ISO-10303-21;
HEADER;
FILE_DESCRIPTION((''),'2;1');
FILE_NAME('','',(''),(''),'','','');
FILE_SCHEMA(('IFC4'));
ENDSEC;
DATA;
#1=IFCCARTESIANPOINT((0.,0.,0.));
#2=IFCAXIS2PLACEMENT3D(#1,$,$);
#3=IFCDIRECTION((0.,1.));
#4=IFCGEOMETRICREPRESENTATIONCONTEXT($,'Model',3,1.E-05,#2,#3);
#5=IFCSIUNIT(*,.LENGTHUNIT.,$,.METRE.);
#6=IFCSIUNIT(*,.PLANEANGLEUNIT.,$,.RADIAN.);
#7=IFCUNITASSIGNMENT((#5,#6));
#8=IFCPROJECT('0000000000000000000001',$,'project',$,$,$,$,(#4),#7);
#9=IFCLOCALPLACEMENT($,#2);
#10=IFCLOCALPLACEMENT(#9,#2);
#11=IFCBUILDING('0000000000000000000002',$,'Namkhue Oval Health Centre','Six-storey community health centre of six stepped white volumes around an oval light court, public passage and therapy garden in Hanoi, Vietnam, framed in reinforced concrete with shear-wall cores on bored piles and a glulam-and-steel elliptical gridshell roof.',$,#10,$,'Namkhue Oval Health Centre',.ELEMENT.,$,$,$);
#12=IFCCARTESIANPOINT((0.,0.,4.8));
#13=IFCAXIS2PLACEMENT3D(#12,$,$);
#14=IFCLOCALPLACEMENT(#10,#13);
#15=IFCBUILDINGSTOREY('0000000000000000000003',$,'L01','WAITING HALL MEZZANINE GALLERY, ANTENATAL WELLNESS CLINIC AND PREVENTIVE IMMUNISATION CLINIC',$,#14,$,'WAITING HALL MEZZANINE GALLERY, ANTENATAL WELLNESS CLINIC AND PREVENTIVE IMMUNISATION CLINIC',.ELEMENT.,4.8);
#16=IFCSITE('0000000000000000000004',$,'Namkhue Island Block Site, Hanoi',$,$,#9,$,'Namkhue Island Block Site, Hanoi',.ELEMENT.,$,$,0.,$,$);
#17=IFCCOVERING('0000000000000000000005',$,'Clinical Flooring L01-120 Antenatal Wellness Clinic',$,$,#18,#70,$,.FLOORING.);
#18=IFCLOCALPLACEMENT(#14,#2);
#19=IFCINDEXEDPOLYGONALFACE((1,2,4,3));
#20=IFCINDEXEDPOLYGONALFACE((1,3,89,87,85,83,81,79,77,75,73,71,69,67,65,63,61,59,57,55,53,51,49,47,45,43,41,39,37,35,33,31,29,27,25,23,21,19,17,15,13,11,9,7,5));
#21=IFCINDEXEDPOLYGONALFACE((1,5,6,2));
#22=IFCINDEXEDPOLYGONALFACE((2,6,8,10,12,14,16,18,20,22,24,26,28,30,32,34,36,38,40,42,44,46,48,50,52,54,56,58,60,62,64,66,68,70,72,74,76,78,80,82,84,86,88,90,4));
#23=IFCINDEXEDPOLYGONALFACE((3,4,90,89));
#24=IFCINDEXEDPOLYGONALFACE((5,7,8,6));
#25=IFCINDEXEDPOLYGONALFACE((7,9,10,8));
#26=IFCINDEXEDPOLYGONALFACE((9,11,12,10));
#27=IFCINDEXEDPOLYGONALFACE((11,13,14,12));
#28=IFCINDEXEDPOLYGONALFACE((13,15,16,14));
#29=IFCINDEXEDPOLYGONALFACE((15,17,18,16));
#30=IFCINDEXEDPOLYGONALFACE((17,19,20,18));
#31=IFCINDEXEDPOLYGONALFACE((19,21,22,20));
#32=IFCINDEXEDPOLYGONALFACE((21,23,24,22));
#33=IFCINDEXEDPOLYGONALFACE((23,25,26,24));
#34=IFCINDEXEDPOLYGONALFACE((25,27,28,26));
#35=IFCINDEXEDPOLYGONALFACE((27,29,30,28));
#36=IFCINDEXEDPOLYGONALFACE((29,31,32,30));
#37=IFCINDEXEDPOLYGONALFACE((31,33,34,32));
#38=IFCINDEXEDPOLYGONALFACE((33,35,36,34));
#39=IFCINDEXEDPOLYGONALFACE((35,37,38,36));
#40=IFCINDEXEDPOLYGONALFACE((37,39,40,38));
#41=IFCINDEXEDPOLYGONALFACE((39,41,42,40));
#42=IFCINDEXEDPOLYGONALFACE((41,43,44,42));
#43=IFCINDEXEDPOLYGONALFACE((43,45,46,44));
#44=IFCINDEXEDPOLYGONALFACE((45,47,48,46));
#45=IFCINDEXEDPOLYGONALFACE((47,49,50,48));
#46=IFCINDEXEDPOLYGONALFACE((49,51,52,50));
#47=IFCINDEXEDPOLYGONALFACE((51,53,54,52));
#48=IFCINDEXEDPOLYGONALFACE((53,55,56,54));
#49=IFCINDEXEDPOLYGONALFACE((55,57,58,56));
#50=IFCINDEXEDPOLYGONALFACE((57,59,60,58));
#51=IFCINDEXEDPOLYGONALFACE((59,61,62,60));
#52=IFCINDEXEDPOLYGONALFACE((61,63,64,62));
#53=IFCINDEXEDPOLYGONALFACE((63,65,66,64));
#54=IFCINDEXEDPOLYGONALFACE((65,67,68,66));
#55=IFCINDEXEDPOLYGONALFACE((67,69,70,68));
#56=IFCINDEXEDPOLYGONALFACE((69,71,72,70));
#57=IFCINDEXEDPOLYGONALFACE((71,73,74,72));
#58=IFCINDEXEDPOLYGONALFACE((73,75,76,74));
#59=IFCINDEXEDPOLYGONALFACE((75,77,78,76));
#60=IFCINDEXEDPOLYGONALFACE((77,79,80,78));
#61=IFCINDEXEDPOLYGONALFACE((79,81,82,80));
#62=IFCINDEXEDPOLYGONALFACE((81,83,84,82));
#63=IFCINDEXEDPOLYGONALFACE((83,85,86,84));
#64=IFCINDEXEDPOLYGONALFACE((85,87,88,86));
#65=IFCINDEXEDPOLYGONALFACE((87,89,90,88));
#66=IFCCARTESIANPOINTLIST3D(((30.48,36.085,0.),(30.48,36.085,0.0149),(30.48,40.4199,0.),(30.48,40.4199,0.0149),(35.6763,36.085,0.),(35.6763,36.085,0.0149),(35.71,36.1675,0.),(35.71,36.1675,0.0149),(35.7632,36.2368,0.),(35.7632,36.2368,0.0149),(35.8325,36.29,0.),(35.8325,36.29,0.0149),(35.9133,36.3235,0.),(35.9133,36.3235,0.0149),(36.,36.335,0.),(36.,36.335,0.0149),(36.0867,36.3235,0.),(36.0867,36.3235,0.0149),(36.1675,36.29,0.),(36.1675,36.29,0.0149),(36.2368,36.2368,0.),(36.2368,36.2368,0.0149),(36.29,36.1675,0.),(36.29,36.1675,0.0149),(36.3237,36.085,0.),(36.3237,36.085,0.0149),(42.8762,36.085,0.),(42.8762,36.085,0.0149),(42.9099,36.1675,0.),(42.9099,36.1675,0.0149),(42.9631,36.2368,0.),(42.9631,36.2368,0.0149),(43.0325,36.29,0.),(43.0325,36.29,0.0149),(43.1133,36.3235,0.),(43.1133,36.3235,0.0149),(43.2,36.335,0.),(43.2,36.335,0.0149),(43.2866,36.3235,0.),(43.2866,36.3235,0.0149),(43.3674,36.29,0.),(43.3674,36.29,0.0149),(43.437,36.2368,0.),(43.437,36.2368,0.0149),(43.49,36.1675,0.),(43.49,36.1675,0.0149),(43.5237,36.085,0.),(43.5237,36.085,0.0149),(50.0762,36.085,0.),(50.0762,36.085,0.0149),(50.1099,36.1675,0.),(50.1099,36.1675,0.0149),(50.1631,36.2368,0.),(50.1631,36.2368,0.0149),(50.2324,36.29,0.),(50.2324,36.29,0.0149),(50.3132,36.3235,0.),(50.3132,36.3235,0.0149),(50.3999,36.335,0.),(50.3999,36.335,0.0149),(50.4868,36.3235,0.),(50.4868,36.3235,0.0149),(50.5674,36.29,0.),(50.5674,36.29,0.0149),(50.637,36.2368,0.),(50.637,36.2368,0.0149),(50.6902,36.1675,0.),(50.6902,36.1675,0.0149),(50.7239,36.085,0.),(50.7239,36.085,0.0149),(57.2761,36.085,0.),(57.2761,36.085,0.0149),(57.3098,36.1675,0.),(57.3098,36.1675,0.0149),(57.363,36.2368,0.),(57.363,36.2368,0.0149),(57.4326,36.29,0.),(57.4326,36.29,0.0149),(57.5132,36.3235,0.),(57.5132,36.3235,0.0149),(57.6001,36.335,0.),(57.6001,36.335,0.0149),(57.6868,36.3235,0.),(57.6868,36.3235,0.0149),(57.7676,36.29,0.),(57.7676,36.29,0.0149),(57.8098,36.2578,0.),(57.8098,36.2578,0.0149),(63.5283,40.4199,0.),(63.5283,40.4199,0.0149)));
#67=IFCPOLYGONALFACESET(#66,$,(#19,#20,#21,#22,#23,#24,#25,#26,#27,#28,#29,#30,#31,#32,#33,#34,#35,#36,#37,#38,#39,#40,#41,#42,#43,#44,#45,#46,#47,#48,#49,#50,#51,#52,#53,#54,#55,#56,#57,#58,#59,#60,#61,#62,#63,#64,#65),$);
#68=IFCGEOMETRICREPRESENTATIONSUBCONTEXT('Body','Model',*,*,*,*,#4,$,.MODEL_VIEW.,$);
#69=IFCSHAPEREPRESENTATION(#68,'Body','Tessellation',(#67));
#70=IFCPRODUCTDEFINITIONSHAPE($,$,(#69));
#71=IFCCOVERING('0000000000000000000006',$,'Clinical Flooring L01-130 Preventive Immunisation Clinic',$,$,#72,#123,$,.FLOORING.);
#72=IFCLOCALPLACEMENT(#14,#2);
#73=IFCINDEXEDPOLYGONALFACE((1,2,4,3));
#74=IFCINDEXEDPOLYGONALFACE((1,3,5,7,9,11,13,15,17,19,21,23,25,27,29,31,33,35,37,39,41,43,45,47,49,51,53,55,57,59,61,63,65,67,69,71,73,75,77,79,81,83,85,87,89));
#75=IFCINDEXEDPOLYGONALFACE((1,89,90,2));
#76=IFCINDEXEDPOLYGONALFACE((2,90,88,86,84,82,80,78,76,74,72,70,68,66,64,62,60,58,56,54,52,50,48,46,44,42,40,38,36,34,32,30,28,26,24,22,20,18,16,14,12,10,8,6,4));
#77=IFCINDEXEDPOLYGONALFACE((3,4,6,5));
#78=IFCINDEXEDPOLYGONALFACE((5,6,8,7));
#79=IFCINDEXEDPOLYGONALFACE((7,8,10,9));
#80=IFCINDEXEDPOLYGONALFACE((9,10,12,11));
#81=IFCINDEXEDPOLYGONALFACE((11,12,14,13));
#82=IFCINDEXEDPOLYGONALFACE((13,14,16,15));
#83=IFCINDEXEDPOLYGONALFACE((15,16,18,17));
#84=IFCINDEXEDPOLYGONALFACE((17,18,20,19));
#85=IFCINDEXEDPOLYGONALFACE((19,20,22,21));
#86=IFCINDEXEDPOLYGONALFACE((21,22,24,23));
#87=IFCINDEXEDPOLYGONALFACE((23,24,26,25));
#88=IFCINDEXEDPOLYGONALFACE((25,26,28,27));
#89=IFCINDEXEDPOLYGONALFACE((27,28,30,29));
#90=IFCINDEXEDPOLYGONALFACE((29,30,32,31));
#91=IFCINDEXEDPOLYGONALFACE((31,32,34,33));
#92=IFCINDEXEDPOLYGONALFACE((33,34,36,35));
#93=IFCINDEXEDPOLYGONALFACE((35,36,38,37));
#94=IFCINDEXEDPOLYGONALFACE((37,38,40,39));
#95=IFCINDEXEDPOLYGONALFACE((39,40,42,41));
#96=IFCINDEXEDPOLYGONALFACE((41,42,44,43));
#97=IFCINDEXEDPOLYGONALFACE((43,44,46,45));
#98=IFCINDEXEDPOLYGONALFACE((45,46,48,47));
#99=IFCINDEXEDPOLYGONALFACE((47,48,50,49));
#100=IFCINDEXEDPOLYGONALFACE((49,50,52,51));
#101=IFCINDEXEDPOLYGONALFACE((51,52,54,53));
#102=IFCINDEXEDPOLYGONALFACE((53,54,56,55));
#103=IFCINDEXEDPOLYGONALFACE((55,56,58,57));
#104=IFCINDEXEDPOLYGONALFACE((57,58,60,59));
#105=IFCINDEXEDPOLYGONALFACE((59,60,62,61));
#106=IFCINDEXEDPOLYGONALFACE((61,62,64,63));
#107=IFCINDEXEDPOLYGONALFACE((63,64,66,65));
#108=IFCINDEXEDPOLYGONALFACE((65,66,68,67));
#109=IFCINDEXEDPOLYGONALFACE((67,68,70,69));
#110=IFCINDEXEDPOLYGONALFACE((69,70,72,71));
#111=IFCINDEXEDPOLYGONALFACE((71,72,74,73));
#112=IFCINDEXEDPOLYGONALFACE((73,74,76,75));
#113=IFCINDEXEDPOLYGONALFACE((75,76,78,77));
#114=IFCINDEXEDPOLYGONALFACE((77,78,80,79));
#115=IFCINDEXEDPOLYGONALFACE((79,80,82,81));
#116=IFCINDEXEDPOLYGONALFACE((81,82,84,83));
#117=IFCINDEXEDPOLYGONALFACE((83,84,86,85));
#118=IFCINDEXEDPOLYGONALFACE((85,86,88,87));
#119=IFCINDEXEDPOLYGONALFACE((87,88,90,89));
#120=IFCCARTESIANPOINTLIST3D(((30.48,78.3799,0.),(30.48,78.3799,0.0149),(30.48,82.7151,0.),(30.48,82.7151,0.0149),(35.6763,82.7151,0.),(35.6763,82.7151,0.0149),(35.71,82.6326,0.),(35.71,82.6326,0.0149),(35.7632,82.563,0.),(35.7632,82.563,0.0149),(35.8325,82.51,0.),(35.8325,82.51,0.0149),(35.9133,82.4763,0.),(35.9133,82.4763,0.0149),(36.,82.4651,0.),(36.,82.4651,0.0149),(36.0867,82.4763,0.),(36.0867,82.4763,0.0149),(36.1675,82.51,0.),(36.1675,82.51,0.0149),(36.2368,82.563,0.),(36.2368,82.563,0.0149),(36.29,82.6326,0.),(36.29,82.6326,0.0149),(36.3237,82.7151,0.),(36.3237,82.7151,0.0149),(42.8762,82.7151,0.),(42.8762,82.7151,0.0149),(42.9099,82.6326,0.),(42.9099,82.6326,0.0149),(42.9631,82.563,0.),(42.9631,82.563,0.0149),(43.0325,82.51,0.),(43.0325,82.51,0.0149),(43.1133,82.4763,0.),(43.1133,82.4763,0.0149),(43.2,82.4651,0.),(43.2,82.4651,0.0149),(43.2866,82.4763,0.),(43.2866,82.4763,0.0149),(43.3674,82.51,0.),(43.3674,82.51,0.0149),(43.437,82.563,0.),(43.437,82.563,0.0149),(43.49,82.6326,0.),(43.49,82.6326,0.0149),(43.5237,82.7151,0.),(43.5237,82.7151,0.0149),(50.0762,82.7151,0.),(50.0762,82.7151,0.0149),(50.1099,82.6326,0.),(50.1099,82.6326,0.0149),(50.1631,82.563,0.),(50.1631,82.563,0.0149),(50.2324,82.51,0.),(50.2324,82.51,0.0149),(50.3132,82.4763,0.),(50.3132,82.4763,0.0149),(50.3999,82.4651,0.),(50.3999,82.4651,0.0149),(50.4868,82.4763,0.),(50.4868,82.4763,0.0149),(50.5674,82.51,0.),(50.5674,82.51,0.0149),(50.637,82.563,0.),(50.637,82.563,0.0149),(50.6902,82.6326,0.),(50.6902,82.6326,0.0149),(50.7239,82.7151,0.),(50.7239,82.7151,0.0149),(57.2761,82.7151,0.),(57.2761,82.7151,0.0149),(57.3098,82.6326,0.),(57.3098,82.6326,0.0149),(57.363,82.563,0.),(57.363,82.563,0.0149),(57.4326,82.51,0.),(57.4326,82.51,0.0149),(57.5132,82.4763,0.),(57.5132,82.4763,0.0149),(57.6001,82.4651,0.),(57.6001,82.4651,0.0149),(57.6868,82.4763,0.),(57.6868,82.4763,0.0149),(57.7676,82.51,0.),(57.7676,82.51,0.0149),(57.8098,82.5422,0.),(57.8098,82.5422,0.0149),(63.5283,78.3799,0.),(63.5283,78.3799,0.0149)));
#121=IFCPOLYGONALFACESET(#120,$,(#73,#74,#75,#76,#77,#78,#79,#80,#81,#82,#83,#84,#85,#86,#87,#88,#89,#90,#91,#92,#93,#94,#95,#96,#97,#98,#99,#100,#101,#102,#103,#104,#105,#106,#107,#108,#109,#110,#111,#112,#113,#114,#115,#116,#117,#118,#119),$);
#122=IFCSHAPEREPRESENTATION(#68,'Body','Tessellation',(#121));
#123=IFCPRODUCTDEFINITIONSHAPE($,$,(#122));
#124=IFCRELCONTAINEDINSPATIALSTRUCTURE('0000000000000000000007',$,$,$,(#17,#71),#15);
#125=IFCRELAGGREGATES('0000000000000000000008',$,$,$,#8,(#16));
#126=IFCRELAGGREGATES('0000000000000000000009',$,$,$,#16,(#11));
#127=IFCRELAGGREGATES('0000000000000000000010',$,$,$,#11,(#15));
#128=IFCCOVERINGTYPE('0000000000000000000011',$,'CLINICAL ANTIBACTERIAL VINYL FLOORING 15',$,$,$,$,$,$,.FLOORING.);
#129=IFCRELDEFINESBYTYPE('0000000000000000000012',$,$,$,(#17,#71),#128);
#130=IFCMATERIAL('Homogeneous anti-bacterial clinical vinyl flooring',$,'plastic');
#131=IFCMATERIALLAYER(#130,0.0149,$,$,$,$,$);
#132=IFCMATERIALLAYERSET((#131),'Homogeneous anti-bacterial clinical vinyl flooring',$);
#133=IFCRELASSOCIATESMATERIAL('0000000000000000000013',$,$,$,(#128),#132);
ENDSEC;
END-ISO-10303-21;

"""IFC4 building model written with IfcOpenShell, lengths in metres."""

from ifc_helpers import new_model, si_unit, direction, frame, origin, place, context, subcontext, project, spatial, polyline, outline, extrude, material, layer, layer_set, type_object, element, save


model = new_model("IFC4")

# Units and contexts
model_context = context("Model", 3, precision=1e-05, world=origin(), true_north=direction((0.0, 1.0)))
body_context = subcontext(model_context, "Body", "Model", "MODEL_VIEW")
ifc_project = project(units=[si_unit("LENGTHUNIT", "METRE"), si_unit("PLANEANGLEUNIT", "RADIAN")], contexts=[model_context])

# Site, building, storey
site_placement = place(None, origin())
site = spatial("IfcSite", under=ifc_project, at=site_placement, Name="Namkhue Island Block Site, Hanoi", LongName="Namkhue Island Block Site, Hanoi", CompositionType="ELEMENT", RefElevation=0.0)
building_placement = place(site_placement, origin())
building = spatial("IfcBuilding", under=site, at=building_placement, Name="Namkhue Oval Health Centre", Description="Six-storey community health centre of six stepped white volumes around an oval light court, public passage and therapy garden in Hanoi, Vietnam, framed in reinforced concrete with shear-wall cores on bored piles and a glulam-and-steel elliptical gridshell roof.", LongName="Namkhue Oval Health Centre", CompositionType="ELEMENT")
storey_placement = place(building_placement, frame((0.0, 0.0, 4.8)))
storey = spatial("IfcBuildingStorey", under=building, at=storey_placement, Name="L01", Description="WAITING HALL MEZZANINE GALLERY, ANTENATAL WELLNESS CLINIC AND PREVENTIVE IMMUNISATION CLINIC", LongName="WAITING HALL MEZZANINE GALLERY, ANTENATAL WELLNESS CLINIC AND PREVENTIVE IMMUNISATION CLINIC", CompositionType="ELEMENT", Elevation=4.8)

# Coverings
ifc_material = material(Name="Homogeneous anti-bacterial clinical vinyl flooring", Category="plastic")
ifc_layer = layer(ifc_material, 0.0149)
ifc_layer_set = layer_set([ifc_layer], Name="Homogeneous anti-bacterial clinical vinyl flooring")
covering_type = type_object("IfcCoveringType", Name="CLINICAL ANTIBACTERIAL VINYL FLOORING 15", PredefinedType="FLOORING", material=ifc_layer_set)
covering_1_placement = place(storey_placement, origin())
element("IfcCovering", 1, at=covering_1_placement, inside=storey, type_object=covering_type, Name="Clinical Flooring L01-120 Antenatal Wellness Clinic", PredefinedType="FLOORING", context=body_context, shape_type="SweptSolid", body=[
    extrude(outline(polyline([(57.8098, 36.2578), (57.7676, 36.29), (57.6868, 36.3235), (57.6001, 36.335), (57.5132, 36.3235), (57.4326, 36.29), (57.363, 36.2368), (57.3098, 36.1675), (57.2761, 36.085), (50.7239, 36.085), (50.6902, 36.1675), (50.637, 36.2368), (50.5674, 36.29), (50.4868, 36.3235), (50.3999, 36.335), (50.3132, 36.3235), (50.2324, 36.29), (50.1631, 36.2368), (50.1099, 36.1675), (50.0762, 36.085), (43.5237, 36.085), (43.49, 36.1675), (43.437, 36.2368), (43.3674, 36.29), (43.2866, 36.3235), (43.2, 36.335), (43.1133, 36.3235), (43.0325, 36.29), (42.9631, 36.2368), (42.9099, 36.1675), (42.8762, 36.085), (36.3237, 36.085), (36.29, 36.1675), (36.2368, 36.2368), (36.1675, 36.29), (36.0867, 36.3235), (36.0, 36.335), (35.9133, 36.3235), (35.8325, 36.29), (35.7632, 36.2368), (35.71, 36.1675), (35.6763, 36.085), (30.48, 36.085), (30.48, 40.4199), (63.5283, 40.4199), (57.8098, 36.2578)])), origin(), (0.0, 0.0, 1.0), 0.0149),
])
covering_2_placement = place(storey_placement, origin())
element("IfcCovering", 2, at=covering_2_placement, inside=storey, type_object=covering_type, Name="Clinical Flooring L01-130 Preventive Immunisation Clinic", PredefinedType="FLOORING", context=body_context, shape_type="SweptSolid", body=[
    extrude(outline(polyline([(30.48, 78.3799), (30.48, 82.7151), (35.6763, 82.7151), (35.71, 82.6326), (35.7632, 82.563), (35.8325, 82.51), (35.9133, 82.4763), (36.0, 82.4651), (36.0867, 82.4763), (36.1675, 82.51), (36.2368, 82.563), (36.29, 82.6326), (36.3237, 82.7151), (42.8762, 82.7151), (42.9099, 82.6326), (42.9631, 82.563), (43.0325, 82.51), (43.1133, 82.4763), (43.2, 82.4651), (43.2866, 82.4763), (43.3674, 82.51), (43.437, 82.563), (43.49, 82.6326), (43.5237, 82.7151), (50.0762, 82.7151), (50.1099, 82.6326), (50.1631, 82.563), (50.2324, 82.51), (50.3132, 82.4763), (50.3999, 82.4651), (50.4868, 82.4763), (50.5674, 82.51), (50.637, 82.563), (50.6902, 82.6326), (50.7239, 82.7151), (57.2761, 82.7151), (57.3098, 82.6326), (57.363, 82.563), (57.4326, 82.51), (57.5132, 82.4763), (57.6001, 82.4651), (57.6868, 82.4763), (57.7676, 82.51), (57.8098, 82.5422), (63.5283, 78.3799), (30.48, 78.3799)])), origin(), (0.0, 0.0, 1.0), 0.0149),
])

save(model, "model.ifc")
